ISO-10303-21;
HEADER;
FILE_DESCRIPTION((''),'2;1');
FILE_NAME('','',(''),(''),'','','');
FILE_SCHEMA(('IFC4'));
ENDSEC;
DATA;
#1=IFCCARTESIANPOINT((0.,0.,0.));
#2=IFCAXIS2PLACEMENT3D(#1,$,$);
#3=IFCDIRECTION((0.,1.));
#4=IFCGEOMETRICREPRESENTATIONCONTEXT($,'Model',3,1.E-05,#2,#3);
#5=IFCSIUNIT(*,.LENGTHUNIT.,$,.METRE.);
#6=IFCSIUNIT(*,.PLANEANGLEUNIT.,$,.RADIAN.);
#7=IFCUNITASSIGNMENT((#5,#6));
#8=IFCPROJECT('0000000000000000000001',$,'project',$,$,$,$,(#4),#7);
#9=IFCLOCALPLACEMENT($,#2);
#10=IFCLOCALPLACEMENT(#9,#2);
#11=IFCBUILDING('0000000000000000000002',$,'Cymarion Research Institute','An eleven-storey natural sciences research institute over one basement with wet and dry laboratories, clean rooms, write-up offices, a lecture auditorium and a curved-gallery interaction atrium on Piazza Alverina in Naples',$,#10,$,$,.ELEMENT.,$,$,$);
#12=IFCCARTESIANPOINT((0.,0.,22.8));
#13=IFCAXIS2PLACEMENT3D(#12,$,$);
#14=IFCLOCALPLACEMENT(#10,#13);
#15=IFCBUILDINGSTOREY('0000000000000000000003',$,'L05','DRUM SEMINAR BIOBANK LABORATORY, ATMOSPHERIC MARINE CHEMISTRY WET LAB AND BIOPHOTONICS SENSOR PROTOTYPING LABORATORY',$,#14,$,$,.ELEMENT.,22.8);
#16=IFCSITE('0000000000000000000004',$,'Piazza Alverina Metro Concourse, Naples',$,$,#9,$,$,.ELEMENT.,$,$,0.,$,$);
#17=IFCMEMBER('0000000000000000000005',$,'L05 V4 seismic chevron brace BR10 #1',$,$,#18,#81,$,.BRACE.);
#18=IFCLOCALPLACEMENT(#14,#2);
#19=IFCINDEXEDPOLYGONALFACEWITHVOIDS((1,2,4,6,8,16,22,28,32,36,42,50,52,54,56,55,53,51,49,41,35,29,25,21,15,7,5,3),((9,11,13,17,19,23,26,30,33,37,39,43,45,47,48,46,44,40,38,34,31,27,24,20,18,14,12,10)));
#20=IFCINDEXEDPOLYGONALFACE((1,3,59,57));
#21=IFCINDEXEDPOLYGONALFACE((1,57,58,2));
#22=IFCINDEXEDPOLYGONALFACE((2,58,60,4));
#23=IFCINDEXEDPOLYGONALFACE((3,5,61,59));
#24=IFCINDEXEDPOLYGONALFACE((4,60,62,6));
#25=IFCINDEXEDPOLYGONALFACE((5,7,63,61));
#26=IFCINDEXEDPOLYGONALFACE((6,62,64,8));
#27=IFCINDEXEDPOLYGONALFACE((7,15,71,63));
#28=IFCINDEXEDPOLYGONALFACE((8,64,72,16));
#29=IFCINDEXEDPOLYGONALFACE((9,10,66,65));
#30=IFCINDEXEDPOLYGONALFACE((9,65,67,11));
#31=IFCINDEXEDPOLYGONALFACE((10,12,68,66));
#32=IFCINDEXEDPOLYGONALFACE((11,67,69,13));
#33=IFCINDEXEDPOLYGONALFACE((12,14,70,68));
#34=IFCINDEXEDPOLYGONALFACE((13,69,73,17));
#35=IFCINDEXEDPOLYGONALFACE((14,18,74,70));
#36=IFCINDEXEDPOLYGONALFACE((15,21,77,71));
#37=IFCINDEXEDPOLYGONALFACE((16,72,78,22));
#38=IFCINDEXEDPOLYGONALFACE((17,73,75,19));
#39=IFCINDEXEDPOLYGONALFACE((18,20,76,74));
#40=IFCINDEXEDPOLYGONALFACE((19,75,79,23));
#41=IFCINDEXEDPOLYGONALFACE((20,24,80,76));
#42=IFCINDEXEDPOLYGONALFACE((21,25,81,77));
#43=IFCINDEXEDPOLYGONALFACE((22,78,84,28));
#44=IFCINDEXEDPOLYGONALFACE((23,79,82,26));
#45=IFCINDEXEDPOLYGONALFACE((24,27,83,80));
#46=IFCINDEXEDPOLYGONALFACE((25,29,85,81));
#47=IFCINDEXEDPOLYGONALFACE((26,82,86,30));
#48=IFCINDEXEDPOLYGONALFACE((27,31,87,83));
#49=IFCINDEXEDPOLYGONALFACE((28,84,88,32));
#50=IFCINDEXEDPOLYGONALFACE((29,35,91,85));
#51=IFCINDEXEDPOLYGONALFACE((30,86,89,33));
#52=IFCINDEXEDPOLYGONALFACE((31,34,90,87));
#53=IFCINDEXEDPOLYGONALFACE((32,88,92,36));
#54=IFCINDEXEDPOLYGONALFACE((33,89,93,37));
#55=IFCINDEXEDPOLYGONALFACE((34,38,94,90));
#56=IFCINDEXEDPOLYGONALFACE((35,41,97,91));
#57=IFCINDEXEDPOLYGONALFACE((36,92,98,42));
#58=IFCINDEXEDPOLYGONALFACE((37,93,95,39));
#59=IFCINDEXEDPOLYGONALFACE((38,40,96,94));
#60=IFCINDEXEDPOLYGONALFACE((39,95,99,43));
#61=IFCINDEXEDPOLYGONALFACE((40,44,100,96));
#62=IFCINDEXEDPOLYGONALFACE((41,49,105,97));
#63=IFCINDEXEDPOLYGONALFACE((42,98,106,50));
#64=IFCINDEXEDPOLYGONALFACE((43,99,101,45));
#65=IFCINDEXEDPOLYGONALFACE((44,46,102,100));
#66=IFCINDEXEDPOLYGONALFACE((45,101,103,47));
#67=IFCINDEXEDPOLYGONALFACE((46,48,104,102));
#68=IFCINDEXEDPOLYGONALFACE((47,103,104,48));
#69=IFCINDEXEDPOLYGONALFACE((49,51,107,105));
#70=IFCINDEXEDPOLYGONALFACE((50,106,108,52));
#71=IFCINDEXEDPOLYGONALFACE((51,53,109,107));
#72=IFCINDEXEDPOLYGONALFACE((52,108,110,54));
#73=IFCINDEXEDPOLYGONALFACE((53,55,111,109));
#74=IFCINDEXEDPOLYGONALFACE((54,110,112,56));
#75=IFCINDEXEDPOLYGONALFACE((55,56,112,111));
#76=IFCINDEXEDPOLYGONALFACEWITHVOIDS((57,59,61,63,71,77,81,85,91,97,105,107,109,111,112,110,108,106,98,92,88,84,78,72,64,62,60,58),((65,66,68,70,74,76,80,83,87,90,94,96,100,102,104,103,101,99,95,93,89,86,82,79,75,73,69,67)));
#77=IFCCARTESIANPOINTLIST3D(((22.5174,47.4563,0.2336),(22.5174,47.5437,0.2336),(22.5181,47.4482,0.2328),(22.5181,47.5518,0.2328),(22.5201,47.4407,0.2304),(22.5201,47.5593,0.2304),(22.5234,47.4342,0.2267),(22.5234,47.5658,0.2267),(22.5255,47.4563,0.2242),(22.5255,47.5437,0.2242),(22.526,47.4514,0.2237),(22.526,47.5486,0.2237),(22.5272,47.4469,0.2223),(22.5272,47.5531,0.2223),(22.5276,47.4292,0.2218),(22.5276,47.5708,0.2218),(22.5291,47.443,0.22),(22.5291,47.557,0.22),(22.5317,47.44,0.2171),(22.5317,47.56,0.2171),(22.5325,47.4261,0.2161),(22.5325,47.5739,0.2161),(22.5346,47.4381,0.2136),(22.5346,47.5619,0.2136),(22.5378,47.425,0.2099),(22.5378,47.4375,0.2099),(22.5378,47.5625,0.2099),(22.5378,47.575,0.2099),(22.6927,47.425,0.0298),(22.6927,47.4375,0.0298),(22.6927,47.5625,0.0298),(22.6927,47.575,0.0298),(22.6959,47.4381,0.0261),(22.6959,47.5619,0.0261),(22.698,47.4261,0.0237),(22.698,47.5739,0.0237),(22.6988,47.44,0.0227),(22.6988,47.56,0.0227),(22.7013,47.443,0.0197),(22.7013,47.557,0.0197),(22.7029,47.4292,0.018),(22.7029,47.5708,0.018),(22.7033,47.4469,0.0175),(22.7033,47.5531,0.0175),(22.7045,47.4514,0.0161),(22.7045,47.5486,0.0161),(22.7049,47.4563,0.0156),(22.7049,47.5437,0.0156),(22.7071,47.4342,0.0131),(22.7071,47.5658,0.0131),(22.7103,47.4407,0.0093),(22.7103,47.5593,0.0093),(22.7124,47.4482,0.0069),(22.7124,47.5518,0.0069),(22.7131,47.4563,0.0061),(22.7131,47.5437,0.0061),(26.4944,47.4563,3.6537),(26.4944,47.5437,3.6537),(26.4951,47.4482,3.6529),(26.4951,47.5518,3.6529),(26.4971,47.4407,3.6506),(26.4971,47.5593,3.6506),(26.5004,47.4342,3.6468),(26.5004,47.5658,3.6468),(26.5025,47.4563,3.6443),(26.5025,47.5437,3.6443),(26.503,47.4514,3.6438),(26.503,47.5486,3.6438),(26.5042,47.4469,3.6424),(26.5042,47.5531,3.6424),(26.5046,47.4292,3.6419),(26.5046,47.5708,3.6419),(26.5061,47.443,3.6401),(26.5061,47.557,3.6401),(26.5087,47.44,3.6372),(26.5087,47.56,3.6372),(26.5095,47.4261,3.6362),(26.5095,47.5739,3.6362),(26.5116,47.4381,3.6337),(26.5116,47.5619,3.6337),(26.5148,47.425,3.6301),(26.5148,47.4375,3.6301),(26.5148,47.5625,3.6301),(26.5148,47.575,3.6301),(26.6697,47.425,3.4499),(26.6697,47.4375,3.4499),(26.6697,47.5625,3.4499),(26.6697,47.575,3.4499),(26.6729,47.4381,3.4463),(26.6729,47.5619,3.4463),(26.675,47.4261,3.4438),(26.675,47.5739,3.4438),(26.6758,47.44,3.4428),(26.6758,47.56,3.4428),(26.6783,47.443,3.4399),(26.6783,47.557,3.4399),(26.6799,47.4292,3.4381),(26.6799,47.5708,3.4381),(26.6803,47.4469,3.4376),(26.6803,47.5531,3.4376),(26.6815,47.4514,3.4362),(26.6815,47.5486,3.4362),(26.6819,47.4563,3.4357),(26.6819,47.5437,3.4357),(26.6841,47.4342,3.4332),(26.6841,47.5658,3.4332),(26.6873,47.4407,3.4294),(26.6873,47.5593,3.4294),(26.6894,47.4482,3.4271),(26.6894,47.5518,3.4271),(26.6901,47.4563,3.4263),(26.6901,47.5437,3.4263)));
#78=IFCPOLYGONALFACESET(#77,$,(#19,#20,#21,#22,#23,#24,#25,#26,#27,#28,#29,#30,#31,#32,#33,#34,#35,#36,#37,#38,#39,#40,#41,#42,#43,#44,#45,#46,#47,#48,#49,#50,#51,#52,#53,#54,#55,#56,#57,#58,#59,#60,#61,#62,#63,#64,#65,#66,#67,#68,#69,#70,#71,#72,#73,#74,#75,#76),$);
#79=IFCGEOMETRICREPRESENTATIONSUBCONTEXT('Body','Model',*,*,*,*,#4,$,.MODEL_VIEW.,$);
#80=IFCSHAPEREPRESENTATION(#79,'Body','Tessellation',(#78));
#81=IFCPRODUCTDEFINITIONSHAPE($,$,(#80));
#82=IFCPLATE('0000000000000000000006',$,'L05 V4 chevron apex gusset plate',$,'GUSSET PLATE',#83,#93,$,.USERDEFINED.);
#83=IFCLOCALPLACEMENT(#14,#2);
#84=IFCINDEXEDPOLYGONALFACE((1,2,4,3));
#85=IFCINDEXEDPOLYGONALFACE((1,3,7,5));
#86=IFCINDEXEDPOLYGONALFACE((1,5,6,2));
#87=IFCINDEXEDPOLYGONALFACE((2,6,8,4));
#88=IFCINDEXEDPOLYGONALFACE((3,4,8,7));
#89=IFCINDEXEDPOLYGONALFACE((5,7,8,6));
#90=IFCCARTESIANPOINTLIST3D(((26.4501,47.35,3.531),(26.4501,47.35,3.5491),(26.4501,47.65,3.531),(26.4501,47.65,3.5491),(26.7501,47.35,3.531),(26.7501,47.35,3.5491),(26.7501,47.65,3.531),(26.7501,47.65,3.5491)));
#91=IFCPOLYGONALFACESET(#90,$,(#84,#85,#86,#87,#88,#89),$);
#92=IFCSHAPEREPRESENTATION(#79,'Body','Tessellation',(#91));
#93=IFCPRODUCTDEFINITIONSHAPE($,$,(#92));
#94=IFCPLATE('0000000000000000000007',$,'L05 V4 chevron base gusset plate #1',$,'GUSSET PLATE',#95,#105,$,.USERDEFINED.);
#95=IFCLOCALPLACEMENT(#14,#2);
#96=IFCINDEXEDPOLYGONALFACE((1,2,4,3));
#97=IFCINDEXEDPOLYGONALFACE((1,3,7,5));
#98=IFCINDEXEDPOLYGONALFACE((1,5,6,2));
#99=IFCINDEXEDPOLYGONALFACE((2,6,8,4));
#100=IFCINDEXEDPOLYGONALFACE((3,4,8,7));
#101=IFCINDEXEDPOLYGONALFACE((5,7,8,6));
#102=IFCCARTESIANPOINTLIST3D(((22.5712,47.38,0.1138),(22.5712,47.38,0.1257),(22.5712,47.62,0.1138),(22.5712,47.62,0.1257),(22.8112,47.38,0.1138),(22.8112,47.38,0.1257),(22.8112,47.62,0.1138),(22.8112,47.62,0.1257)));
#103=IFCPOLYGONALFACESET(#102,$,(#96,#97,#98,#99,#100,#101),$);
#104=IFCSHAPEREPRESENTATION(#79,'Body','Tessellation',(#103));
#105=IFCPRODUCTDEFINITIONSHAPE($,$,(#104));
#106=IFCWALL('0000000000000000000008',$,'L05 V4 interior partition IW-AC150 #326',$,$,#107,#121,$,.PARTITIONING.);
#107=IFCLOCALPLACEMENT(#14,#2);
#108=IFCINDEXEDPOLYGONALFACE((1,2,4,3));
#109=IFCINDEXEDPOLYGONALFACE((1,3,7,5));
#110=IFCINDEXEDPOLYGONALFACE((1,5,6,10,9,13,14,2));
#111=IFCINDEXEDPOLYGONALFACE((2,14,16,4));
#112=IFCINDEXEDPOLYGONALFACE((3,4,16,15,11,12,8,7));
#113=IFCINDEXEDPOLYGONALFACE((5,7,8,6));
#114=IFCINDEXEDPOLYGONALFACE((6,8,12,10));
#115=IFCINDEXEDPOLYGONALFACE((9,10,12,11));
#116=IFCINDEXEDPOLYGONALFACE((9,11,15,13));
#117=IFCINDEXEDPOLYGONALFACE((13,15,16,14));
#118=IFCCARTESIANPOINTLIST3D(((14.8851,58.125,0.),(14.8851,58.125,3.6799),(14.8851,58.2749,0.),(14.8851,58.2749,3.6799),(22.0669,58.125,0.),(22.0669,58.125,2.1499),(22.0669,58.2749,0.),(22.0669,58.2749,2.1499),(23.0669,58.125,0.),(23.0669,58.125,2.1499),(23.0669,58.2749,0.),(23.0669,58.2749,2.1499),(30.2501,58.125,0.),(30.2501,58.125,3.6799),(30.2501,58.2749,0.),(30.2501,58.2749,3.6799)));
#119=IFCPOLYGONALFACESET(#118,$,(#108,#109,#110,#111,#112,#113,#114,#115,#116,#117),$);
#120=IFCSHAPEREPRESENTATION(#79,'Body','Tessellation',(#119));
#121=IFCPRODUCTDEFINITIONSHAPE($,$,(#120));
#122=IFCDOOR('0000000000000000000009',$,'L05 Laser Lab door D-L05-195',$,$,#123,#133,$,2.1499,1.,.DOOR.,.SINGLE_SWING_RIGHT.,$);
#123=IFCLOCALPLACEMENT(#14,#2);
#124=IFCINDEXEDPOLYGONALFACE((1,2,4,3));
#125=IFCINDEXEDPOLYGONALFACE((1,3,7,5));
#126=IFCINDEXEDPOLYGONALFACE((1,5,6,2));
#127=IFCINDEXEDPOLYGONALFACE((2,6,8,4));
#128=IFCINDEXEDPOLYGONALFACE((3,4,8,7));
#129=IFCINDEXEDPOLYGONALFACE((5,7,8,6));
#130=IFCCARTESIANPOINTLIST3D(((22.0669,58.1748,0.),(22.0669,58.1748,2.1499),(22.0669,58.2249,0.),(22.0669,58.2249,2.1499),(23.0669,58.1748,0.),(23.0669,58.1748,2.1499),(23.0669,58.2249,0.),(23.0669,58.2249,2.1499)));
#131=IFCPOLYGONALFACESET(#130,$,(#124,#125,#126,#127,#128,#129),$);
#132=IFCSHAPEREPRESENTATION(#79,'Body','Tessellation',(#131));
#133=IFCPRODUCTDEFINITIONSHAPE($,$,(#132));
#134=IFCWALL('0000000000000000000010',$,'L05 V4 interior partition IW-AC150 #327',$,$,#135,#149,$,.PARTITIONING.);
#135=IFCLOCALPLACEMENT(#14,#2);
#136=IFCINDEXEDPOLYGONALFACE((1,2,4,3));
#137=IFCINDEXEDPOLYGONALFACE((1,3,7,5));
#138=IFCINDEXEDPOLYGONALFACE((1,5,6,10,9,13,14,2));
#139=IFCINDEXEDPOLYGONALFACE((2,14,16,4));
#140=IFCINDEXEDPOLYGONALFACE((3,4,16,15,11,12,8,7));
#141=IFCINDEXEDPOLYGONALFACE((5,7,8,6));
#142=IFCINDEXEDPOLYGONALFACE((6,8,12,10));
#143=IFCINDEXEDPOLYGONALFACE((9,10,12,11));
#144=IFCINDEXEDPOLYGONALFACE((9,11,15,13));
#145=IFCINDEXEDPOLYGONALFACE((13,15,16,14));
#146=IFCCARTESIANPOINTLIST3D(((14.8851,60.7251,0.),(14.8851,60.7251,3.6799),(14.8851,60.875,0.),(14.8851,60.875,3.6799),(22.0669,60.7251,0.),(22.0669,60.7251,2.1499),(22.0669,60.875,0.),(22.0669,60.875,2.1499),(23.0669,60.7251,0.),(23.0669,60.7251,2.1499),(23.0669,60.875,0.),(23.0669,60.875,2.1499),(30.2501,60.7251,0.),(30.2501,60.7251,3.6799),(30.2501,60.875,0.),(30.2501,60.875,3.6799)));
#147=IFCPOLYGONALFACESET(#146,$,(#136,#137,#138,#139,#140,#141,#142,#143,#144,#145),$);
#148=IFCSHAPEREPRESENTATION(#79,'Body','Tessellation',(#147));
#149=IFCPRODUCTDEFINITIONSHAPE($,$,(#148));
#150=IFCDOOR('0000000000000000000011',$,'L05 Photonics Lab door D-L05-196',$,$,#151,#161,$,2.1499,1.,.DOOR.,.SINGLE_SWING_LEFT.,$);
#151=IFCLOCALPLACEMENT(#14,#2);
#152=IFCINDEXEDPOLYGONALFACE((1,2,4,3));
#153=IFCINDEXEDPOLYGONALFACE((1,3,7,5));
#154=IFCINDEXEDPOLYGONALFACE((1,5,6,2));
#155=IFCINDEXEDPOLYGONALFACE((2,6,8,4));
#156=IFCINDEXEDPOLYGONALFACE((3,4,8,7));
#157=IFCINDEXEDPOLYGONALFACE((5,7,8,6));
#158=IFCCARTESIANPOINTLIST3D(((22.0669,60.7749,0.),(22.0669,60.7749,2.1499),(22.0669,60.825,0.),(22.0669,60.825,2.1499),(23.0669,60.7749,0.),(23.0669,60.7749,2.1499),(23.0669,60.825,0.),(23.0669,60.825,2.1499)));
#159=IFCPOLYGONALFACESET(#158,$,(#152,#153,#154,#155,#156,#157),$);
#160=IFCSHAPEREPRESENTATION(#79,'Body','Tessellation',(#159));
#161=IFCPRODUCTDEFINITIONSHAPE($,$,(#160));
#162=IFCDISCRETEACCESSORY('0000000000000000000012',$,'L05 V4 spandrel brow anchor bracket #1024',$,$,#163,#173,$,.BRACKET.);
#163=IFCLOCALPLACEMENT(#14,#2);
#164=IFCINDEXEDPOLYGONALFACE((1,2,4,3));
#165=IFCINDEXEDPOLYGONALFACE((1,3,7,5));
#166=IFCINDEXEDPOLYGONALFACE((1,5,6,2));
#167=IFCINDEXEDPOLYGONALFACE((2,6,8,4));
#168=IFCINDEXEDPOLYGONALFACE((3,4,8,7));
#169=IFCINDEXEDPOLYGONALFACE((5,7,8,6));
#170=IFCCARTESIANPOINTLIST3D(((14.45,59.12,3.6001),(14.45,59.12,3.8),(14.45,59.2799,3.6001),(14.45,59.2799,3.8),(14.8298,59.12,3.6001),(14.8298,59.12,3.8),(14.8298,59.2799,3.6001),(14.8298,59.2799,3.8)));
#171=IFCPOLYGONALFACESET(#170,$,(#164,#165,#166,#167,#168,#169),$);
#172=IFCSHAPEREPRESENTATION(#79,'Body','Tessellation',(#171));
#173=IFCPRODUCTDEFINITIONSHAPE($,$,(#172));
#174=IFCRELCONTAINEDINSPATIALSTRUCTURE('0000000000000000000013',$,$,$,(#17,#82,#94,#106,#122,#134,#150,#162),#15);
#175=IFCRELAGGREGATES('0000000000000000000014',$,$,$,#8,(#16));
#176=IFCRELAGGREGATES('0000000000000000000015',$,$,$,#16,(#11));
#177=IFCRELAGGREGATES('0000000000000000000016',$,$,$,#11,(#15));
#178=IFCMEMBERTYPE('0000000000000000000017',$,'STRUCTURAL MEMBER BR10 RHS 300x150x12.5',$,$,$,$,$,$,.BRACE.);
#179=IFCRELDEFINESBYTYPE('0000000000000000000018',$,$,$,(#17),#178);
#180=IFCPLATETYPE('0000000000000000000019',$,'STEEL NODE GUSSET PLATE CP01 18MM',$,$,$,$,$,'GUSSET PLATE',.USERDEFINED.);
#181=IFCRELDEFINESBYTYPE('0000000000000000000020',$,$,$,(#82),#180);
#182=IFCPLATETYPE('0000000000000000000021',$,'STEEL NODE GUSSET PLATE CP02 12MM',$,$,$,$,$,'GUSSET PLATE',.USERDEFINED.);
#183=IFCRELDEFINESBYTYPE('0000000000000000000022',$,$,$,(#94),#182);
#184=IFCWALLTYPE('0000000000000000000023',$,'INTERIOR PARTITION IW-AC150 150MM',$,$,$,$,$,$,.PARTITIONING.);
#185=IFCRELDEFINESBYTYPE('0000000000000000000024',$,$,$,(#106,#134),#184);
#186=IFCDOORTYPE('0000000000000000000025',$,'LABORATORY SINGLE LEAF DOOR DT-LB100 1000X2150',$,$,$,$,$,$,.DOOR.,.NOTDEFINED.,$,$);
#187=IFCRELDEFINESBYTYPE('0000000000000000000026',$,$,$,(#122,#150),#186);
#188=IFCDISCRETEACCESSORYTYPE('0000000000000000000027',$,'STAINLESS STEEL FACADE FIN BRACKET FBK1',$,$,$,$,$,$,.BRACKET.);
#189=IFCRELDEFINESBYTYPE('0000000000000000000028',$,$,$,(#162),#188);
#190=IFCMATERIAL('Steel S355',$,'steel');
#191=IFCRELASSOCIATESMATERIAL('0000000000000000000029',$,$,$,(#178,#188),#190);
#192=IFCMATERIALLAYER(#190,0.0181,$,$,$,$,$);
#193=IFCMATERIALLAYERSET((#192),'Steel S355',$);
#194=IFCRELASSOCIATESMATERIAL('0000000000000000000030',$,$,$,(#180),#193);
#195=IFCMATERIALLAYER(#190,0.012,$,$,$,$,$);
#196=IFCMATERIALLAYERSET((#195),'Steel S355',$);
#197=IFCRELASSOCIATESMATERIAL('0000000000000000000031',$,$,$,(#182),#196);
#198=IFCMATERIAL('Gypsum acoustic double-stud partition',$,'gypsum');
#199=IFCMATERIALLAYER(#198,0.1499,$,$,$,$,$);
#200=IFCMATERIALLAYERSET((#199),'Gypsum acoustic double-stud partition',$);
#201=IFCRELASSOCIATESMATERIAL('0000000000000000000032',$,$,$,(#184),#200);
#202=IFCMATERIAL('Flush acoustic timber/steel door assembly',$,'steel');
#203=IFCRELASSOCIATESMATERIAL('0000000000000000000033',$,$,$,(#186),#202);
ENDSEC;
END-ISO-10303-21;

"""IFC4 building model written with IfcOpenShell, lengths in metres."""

from ifc_helpers import new_model, si_unit, direction, frame, frame_2d, origin, origin_2d, place, context, subcontext, project, spatial, rectangle, hollow_rectangle, extrude, material, layer, layer_set, material_profile, profile_set, type_object, element, fill, save


model = new_model("IFC4")

# Units and contexts
model_context = context("Model", 3, precision=1e-05, world=origin(), true_north=direction((0.0, 1.0)))
body_context = subcontext(model_context, "Body", "Model", "MODEL_VIEW")
ifc_project = project(units=[si_unit("LENGTHUNIT", "METRE"), si_unit("PLANEANGLEUNIT", "RADIAN")], contexts=[model_context])

# Site, building, storey
site_placement = place(None, origin())
site = spatial("IfcSite", under=ifc_project, at=site_placement, Name="Piazza Alverina Metro Concourse, Naples", CompositionType="ELEMENT", RefElevation=0.0)
building_placement = place(site_placement, origin())
building = spatial("IfcBuilding", under=site, at=building_placement, Name="Cymarion Research Institute", Description="An eleven-storey natural sciences research institute over one basement with wet and dry laboratories, clean rooms, write-up offices, a lecture auditorium and a curved-gallery interaction atrium on Piazza Alverina in Naples", CompositionType="ELEMENT")
storey_placement = place(building_placement, frame((0.0, 0.0, 22.8)))
storey = spatial("IfcBuildingStorey", under=building, at=storey_placement, Name="L05", Description="DRUM SEMINAR BIOBANK LABORATORY, ATMOSPHERIC MARINE CHEMISTRY WET LAB AND BIOPHOTONICS SENSOR PROTOTYPING LABORATORY", CompositionType="ELEMENT", Elevation=22.8)

# Shared definitions
ifc_material_1 = material(Name="Steel S355", Category="steel")

# Member
ifc_material_profile_1 = material_profile(ifc_material_1, hollow_rectangle(XDim=0.1499, YDim=0.3, WallThickness=0.0125, InnerFilletRadius=0.0188, OuterFilletRadius=0.0312, at=origin_2d()), Name="RHS 300x150x12.5")
ifc_profile_set_1 = profile_set([ifc_material_profile_1], Name="Steel S355")
member_type = type_object("IfcMemberType", Name="STRUCTURAL MEMBER BR10 RHS 300x150x12.5", PredefinedType="BRACE", material=ifc_profile_set_1)
member_placement = place(storey_placement, frame((22.6152, 47.5, 0.1199), z_axis=(0.758194, 0.0, 0.652029), x_axis=(0.0, 1.0, 0.0)))
element("IfcMember", 1, at=member_placement, inside=storey, type_object=member_type, Name="L05 V4 seismic chevron brace BR10 #1", PredefinedType="BRACE", context=body_context, shape_type="SweptSolid", body=[
    extrude(hollow_rectangle(XDim=0.1499, YDim=0.3, WallThickness=0.0125, InnerFilletRadius=0.0188, OuterFilletRadius=0.0312, at=origin_2d()), origin(), (0.0, 0.0, 1.0), 5.2454),
])

# Plates
ifc_layer_1 = layer(ifc_material_1, 0.0181)
ifc_layer_set_1 = layer_set([ifc_layer_1], Name="Steel S355")
plate_type_1 = type_object("IfcPlateType", Name="STEEL NODE GUSSET PLATE CP01 18MM", ElementType="GUSSET PLATE", PredefinedType="USERDEFINED", material=ifc_layer_set_1)
plate_1_placement = place(storey_placement, frame((26.6001, 47.5, 3.531), z_axis=(0.0, 0.0, 1.0), x_axis=(1.0, 0.0, 0.0)))
element("IfcPlate", 2, at=plate_1_placement, inside=storey, type_object=plate_type_1, Name="L05 V4 chevron apex gusset plate", ObjectType="GUSSET PLATE", PredefinedType="USERDEFINED", context=body_context, shape_type="SweptSolid", body=[
    extrude(rectangle(XDim=0.3, YDim=0.3, at=origin_2d()), origin(), (0.0, 0.0, 1.0), 0.0181),
])
ifc_layer_2 = layer(ifc_material_1, 0.012)
ifc_layer_set_2 = layer_set([ifc_layer_2], Name="Steel S355")
plate_type_2 = type_object("IfcPlateType", Name="STEEL NODE GUSSET PLATE CP02 12MM", ElementType="GUSSET PLATE", PredefinedType="USERDEFINED", material=ifc_layer_set_2)
plate_2_placement = place(storey_placement, frame((22.6912, 47.5, 0.1138), z_axis=(0.0, 0.0, 1.0), x_axis=(1.0, 0.0, 0.0)))
element("IfcPlate", 3, at=plate_2_placement, inside=storey, type_object=plate_type_2, Name="L05 V4 chevron base gusset plate #1", ObjectType="GUSSET PLATE", PredefinedType="USERDEFINED", context=body_context, shape_type="SweptSolid", body=[
    extrude(rectangle(XDim=0.24, YDim=0.24, at=origin_2d()), origin(), (0.0, 0.0, 1.0), 0.012),
])

# Walls, openings, doors
ifc_material_2 = material(Name="Gypsum acoustic double-stud partition", Category="gypsum")
ifc_layer_3 = layer(ifc_material_2, 0.1499)
ifc_layer_set_3 = layer_set([ifc_layer_3], Name="Gypsum acoustic double-stud partition")
wall_type = type_object("IfcWallType", Name="INTERIOR PARTITION IW-AC150 150MM", PredefinedType="PARTITIONING", material=ifc_layer_set_3)
wall_1_placement = place(storey_placement, frame((14.885, 58.2, 0.0), z_axis=(0.0, 0.0, 1.0), x_axis=(1.0, 0.0, 0.0)))
wall_1 = element("IfcWall", 4, at=wall_1_placement, inside=storey, type_object=wall_type, Name="L05 V4 interior partition IW-AC150 #326", PredefinedType="PARTITIONING", context=body_context, shape_type="SweptSolid", body=[
    extrude(rectangle(XDim=15.365, YDim=0.1499, at=frame_2d((7.6826, 0.0))), origin(), (0.0, 0.0, 1.0), 3.6799),
])
opening_1_placement = place(wall_1_placement, frame((7.1819, 0.0, 0.0)))
opening_1 = element("IfcOpeningElement", 5, at=opening_1_placement, cuts=wall_1, PredefinedType="OPENING", context=body_context, shape_type="SweptSolid", body=[
    extrude(rectangle(XDim=1.0, YDim=2.1499, at=frame_2d((0.5, 1.075))), frame((0.0, 0.085, 0.0), z_axis=(0.0, -1.0, 0.0), x_axis=(1.0, 0.0, 0.0)), (0.0, 0.0, 1.0), 0.1699),
])
ifc_material_3 = material(Name="Flush acoustic timber/steel door assembly", Category="steel")
door_type = type_object("IfcDoorType", Name="LABORATORY SINGLE LEAF DOOR DT-LB100 1000X2150", OperationType="NOTDEFINED", PredefinedType="DOOR", material=ifc_material_3)
door_1_placement = place(opening_1_placement, origin())
door_1 = element("IfcDoor", 6, at=door_1_placement, inside=storey, type_object=door_type, Name="L05 Laser Lab door D-L05-195", OperationType="SINGLE_SWING_RIGHT", OverallHeight=2.1499, OverallWidth=1.0, PredefinedType="DOOR", context=body_context, shape_type="SweptSolid", body=[
    extrude(rectangle(XDim=1.0, YDim=2.1499, at=frame_2d((0.5, 1.075))), frame((0.0, 0.0249, 0.0), z_axis=(0.0, -1.0, 0.0), x_axis=(1.0, 0.0, 0.0)), (0.0, 0.0, 1.0), 0.05),
])
fill(opening_1, door_1)
wall_2_placement = place(storey_placement, frame((14.885, 60.8, 0.0), z_axis=(0.0, 0.0, 1.0), x_axis=(1.0, 0.0, 0.0)))
wall_2 = element("IfcWall", 7, at=wall_2_placement, inside=storey, type_object=wall_type, Name="L05 V4 interior partition IW-AC150 #327", PredefinedType="PARTITIONING", context=body_context, shape_type="SweptSolid", body=[
    extrude(rectangle(XDim=15.365, YDim=0.1499, at=frame_2d((7.6826, 0.0))), origin(), (0.0, 0.0, 1.0), 3.6799),
])
opening_2_placement = place(wall_2_placement, frame((7.1819, 0.0, 0.0)))
opening_2 = element("IfcOpeningElement", 8, at=opening_2_placement, cuts=wall_2, PredefinedType="OPENING", context=body_context, shape_type="SweptSolid", body=[
    extrude(rectangle(XDim=1.0, YDim=2.1499, at=frame_2d((0.5, 1.075))), frame((0.0, 0.085, 0.0), z_axis=(0.0, -1.0, 0.0), x_axis=(1.0, 0.0, 0.0)), (0.0, 0.0, 1.0), 0.1699),
])
door_2_placement = place(opening_2_placement, origin())
door_2 = element("IfcDoor", 9, at=door_2_placement, inside=storey, type_object=door_type, Name="L05 Photonics Lab door D-L05-196", OperationType="SINGLE_SWING_LEFT", OverallHeight=2.1499, OverallWidth=1.0, PredefinedType="DOOR", context=body_context, shape_type="SweptSolid", body=[
    extrude(rectangle(XDim=1.0, YDim=2.1499, at=frame_2d((0.5, 1.075))), frame((0.0, 0.0249, 0.0), z_axis=(0.0, -1.0, 0.0), x_axis=(1.0, 0.0, 0.0)), (0.0, 0.0, 1.0), 0.05),
])
fill(opening_2, door_2)

# Discrete accessory
discrete_accessory_type = type_object("IfcDiscreteAccessoryType", Name="STAINLESS STEEL FACADE FIN BRACKET FBK1", PredefinedType="BRACKET", material=ifc_material_1)
discrete_accessory_placement = place(storey_placement, frame((14.6399, 59.2, 3.6001), z_axis=(0.0, 0.0, 1.0), x_axis=(-1.0, 0.0, 0.0)))
element("IfcDiscreteAccessory", 10, at=discrete_accessory_placement, inside=storey, type_object=discrete_accessory_type, Name="L05 V4 spandrel brow anchor bracket #1024", PredefinedType="BRACKET", context=body_context, shape_type="SweptSolid", body=[
    extrude(rectangle(XDim=0.3799, YDim=0.1599, at=origin_2d()), origin(), (0.0, 0.0, 1.0), 0.2),
])

save(model, "model.ifc")
